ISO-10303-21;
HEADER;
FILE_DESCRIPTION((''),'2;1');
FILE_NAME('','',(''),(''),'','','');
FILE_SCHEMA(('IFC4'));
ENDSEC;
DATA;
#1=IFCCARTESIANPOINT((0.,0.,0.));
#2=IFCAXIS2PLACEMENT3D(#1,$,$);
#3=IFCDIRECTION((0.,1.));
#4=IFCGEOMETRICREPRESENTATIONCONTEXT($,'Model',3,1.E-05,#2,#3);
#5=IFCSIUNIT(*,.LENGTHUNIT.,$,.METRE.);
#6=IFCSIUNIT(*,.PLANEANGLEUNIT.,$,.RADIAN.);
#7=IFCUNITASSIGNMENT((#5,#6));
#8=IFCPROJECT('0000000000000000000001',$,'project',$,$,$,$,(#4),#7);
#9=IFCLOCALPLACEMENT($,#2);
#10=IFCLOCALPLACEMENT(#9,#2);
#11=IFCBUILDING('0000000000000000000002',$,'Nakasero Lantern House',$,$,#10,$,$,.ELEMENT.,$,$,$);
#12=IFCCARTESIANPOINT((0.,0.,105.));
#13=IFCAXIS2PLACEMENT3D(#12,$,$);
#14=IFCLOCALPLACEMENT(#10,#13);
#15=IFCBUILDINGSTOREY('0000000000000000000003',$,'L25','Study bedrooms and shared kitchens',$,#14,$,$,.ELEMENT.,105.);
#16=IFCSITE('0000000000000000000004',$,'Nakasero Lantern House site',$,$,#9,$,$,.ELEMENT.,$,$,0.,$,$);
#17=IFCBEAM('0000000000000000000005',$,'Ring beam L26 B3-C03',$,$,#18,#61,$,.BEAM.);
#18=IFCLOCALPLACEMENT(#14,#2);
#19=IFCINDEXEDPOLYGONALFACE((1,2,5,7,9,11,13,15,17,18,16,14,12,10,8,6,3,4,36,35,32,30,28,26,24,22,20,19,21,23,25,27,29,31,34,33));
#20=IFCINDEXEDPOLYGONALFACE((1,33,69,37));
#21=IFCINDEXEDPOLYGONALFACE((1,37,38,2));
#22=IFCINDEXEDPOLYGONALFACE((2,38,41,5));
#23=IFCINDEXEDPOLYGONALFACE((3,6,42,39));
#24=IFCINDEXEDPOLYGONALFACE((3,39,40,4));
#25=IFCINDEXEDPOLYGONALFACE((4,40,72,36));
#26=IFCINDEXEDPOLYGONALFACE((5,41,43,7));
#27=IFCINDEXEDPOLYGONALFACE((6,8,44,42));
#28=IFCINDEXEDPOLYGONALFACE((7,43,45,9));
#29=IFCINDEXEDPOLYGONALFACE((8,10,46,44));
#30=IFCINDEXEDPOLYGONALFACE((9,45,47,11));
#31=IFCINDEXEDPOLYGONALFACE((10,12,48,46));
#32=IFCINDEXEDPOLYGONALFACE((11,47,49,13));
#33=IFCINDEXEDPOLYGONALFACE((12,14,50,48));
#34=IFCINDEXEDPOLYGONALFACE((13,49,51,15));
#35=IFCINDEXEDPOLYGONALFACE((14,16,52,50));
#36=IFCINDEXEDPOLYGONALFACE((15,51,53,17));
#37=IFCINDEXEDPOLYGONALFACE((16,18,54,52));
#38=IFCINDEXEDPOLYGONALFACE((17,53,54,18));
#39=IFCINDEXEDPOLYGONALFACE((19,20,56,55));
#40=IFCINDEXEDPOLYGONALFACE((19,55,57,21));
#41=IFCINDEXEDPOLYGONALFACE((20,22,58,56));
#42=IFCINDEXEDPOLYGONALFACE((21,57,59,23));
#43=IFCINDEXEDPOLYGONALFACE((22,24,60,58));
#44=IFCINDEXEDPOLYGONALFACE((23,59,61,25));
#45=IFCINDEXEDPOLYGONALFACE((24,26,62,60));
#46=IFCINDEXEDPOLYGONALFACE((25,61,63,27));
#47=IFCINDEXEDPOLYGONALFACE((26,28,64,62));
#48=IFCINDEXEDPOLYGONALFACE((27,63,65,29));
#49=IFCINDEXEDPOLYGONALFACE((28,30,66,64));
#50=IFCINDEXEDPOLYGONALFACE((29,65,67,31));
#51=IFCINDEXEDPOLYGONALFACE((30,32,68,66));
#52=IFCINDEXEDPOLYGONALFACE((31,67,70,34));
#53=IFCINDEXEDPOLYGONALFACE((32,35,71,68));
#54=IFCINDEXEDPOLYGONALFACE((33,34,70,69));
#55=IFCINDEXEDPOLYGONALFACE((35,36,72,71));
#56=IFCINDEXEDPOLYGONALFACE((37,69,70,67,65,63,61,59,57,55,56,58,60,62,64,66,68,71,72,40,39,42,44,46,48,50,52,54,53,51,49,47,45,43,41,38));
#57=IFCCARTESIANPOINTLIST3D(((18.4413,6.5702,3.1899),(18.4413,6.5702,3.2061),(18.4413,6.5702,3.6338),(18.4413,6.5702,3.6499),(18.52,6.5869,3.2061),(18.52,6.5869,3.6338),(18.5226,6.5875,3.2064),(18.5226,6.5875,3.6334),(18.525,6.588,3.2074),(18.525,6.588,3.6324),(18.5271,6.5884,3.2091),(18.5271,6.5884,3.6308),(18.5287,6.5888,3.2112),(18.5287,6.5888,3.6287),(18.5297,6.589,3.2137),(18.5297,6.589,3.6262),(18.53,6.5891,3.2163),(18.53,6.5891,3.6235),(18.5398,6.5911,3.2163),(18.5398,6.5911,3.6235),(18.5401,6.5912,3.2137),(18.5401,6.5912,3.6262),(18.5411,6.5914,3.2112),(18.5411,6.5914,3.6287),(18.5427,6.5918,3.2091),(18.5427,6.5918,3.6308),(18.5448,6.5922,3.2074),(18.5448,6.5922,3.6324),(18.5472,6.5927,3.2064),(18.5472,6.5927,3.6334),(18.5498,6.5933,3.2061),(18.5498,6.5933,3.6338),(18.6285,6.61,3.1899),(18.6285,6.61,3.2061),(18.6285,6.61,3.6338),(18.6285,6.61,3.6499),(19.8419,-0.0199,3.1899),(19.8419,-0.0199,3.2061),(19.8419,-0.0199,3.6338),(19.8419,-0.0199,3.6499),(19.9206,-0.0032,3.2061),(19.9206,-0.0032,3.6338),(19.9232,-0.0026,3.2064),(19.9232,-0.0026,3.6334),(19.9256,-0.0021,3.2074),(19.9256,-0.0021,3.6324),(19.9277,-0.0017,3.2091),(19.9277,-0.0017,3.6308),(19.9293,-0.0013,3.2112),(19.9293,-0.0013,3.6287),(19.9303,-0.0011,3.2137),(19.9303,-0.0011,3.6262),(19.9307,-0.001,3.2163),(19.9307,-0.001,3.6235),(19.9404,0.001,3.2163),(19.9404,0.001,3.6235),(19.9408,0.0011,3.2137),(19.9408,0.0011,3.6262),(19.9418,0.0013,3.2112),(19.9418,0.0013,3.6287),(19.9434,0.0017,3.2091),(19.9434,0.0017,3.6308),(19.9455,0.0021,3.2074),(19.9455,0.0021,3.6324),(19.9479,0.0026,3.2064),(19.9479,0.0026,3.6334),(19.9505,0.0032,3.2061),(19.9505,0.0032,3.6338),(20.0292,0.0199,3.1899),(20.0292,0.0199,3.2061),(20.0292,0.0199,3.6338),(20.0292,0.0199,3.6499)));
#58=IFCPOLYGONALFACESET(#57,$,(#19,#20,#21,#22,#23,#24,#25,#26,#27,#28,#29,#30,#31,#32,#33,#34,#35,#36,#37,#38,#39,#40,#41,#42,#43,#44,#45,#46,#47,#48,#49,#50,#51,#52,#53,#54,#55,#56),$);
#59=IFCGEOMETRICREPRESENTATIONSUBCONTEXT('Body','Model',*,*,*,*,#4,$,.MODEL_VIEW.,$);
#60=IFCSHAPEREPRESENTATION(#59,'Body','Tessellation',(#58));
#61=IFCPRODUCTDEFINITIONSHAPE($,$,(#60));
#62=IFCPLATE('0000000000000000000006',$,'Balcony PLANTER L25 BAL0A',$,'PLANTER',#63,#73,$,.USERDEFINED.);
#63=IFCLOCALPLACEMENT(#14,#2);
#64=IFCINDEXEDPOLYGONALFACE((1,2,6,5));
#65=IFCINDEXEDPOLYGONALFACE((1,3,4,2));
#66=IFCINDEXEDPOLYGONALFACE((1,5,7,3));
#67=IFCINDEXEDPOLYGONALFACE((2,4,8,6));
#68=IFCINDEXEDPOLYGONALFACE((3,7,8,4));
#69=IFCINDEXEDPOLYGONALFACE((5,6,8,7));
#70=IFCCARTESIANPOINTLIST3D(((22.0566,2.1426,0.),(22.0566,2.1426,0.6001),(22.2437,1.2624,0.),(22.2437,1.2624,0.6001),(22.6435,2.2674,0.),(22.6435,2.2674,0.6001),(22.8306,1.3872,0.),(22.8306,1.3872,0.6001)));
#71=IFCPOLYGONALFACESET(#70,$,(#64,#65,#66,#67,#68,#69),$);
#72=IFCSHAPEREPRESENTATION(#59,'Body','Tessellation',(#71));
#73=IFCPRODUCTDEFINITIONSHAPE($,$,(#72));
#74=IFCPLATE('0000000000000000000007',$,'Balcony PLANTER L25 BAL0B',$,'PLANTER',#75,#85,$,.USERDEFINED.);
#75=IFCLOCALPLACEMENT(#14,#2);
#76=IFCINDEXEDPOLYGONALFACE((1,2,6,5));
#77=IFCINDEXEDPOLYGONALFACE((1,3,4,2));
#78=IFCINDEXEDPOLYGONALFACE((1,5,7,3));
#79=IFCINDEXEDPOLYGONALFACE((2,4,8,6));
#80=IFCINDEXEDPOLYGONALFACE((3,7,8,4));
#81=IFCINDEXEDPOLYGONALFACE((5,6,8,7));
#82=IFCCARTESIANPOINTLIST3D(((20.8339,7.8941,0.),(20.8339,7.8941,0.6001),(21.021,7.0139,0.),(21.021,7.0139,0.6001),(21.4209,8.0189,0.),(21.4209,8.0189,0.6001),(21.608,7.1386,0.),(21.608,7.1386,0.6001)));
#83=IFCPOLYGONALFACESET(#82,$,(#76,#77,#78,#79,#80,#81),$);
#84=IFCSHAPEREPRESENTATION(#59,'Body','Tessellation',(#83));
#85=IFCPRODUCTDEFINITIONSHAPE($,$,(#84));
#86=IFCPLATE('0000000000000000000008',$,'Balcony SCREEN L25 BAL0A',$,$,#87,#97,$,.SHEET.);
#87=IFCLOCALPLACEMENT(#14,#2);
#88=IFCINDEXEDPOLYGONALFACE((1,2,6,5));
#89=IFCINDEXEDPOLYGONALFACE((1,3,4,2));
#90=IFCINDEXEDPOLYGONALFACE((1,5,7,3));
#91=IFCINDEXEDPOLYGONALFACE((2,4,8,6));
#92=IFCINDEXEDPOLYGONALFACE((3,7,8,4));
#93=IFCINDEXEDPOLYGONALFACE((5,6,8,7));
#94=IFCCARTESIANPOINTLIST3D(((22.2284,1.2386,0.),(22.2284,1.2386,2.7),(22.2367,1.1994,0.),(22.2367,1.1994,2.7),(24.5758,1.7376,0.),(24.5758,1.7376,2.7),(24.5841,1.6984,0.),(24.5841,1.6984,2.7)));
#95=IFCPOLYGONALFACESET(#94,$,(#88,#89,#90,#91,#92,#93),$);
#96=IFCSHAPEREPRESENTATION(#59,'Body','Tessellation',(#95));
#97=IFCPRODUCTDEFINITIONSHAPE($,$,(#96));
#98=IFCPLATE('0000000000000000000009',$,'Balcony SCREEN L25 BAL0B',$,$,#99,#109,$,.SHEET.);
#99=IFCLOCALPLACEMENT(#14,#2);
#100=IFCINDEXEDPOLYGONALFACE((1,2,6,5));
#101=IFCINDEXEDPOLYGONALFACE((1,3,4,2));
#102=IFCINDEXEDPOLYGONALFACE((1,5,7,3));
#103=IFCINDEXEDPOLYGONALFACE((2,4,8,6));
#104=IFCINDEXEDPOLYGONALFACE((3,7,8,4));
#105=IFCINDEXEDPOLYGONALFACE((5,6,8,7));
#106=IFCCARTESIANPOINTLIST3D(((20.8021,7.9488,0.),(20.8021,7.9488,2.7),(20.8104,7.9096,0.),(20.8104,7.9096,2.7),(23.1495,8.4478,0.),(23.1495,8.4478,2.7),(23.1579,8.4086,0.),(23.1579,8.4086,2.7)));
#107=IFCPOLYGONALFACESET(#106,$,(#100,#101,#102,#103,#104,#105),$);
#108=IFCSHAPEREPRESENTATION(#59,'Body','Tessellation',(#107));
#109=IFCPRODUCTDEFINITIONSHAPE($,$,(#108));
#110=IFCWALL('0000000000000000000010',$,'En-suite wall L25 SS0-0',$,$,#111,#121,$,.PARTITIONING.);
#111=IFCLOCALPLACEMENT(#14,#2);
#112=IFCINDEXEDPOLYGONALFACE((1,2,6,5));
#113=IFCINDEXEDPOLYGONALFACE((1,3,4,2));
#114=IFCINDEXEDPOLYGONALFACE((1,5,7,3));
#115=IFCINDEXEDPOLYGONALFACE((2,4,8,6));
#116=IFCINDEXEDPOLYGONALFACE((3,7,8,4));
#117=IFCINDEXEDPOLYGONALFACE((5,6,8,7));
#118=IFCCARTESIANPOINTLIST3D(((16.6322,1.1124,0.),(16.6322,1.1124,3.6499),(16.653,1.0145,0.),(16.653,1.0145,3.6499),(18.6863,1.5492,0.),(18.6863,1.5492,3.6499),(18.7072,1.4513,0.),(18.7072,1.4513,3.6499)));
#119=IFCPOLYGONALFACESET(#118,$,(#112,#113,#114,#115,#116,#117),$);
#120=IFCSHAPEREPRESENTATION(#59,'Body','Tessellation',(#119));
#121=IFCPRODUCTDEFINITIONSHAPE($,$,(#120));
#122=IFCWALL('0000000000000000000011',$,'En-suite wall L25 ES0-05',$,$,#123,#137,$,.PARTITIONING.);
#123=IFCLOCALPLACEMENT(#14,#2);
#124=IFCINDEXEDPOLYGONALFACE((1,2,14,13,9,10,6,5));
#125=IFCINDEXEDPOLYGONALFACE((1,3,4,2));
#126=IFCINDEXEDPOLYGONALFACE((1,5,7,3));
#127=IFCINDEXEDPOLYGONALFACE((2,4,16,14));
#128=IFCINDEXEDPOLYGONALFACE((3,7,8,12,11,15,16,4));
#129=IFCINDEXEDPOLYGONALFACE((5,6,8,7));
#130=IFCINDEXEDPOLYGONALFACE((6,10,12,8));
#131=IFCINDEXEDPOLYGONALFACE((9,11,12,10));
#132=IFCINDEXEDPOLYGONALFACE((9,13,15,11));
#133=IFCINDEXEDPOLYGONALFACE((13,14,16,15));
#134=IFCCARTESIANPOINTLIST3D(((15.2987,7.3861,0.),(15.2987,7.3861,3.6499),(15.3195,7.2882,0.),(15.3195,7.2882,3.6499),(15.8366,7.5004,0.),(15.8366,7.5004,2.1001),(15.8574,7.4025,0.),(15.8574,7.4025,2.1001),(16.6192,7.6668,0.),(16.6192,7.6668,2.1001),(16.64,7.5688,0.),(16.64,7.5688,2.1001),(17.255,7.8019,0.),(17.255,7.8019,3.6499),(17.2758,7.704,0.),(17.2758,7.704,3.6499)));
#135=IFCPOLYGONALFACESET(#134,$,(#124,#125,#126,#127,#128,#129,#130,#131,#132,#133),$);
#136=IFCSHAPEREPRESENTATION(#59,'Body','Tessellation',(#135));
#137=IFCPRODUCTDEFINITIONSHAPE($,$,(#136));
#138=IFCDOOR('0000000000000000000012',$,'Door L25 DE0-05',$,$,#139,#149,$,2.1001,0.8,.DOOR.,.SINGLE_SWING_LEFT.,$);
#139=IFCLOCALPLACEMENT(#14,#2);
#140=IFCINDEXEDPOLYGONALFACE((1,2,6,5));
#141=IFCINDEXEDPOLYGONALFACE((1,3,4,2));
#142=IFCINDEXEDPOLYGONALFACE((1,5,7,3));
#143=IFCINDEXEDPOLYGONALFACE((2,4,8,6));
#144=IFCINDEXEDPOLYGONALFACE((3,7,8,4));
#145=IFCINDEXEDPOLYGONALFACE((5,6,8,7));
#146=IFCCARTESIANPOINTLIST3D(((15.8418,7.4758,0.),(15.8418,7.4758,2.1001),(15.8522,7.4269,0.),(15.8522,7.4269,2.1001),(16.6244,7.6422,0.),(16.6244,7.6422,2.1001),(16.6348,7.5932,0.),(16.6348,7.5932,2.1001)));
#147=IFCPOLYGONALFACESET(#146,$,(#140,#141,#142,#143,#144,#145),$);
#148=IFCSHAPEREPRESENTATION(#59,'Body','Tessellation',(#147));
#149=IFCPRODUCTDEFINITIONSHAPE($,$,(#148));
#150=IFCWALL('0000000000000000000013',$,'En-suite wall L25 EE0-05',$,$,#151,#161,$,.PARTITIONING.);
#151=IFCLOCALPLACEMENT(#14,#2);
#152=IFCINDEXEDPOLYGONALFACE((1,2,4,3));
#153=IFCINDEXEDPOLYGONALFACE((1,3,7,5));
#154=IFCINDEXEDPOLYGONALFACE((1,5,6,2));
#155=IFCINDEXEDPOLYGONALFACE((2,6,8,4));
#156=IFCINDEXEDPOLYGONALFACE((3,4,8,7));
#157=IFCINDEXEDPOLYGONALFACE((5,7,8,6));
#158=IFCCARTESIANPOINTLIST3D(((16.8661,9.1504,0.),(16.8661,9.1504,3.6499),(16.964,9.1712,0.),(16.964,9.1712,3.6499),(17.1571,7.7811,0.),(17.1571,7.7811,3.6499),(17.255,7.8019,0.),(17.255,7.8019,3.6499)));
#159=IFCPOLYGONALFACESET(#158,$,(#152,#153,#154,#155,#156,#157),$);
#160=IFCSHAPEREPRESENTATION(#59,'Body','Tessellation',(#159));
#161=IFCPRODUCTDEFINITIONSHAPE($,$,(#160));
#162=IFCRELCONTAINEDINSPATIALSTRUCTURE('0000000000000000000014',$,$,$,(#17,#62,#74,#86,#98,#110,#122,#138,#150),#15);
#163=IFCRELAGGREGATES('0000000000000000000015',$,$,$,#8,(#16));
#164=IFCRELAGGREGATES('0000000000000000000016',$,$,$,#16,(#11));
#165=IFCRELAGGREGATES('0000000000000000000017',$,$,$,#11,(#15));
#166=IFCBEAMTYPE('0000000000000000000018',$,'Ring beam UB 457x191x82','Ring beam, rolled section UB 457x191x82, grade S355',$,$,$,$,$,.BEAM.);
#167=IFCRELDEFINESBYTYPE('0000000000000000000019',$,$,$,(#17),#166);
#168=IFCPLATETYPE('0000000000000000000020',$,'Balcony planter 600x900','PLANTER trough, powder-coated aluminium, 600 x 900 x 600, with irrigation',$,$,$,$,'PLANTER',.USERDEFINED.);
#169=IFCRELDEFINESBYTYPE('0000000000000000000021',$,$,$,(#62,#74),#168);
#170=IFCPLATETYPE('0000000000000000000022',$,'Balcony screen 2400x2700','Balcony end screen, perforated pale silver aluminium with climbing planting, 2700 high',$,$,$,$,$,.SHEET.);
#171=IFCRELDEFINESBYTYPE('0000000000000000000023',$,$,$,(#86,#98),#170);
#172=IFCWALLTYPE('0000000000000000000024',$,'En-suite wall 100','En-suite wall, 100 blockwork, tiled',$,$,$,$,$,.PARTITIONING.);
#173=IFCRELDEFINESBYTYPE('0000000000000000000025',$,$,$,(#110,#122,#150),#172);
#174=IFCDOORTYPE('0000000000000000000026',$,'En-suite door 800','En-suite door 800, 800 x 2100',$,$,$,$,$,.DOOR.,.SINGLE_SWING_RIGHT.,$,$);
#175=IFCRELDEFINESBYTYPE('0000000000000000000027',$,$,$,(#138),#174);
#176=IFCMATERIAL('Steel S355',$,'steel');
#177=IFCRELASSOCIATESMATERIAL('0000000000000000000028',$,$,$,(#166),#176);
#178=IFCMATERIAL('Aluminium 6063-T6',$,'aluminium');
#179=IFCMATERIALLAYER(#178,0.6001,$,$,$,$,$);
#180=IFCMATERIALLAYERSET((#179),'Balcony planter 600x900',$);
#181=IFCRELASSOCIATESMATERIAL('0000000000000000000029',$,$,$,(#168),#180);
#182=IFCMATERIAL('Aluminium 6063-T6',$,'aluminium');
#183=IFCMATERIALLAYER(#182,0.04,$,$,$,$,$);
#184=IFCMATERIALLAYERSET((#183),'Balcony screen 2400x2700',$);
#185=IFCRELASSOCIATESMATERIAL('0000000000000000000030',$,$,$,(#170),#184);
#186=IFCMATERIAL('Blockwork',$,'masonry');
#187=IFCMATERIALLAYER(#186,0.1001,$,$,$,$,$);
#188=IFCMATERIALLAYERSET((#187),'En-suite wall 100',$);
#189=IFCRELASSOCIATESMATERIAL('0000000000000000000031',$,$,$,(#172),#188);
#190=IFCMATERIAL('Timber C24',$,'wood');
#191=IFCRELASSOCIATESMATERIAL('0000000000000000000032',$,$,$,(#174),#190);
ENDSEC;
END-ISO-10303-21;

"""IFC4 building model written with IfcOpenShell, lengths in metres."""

from ifc_helpers import new_model, si_unit, direction, frame, frame_2d, origin, origin_2d, place, context, subcontext, project, spatial, rectangle, i_section, extrude, material, layer, layer_set, material_profile, profile_set, type_object, element, fill, save


model = new_model("IFC4")

# Units and contexts
model_context = context("Model", 3, precision=1e-05, world=origin(), true_north=direction((0.0, 1.0)))
body_context = subcontext(model_context, "Body", "Model", "MODEL_VIEW")
ifc_project = project(units=[si_unit("LENGTHUNIT", "METRE"), si_unit("PLANEANGLEUNIT", "RADIAN")], contexts=[model_context])

# Site, building, storey
site_placement = place(None, origin())
site = spatial("IfcSite", under=ifc_project, at=site_placement, Name="Nakasero Lantern House site", CompositionType="ELEMENT", RefElevation=0.0)
building_placement = place(site_placement, origin())
building = spatial("IfcBuilding", under=site, at=building_placement, Name="Nakasero Lantern House", CompositionType="ELEMENT")
storey_placement = place(building_placement, frame((0.0, 0.0, 105.0)))
storey = spatial("IfcBuildingStorey", under=building, at=storey_placement, Name="L25", Description="Study bedrooms and shared kitchens", CompositionType="ELEMENT", Elevation=105.0)

# Beam
ifc_material_1 = material(Name="Steel S355", Category="steel")
ifc_material_profile_1 = material_profile(ifc_material_1, i_section(OverallWidth=0.1914, OverallDepth=0.46, WebThickness=0.01, FlangeThickness=0.0161, FilletRadius=0.0103, at=origin_2d()), Name="UB 457x191x82")
ifc_profile_set_1 = profile_set([ifc_material_profile_1], Name="Steel S355")
beam_type_1 = type_object("IfcBeamType", Name="Ring beam UB 457x191x82", Description="Ring beam, rolled section UB 457x191x82, grade S355", PredefinedType="BEAM", material=ifc_profile_set_1)
beam_1_placement = place(storey_placement, frame((19.9355, 0.0, 3.4199), z_axis=(-0.207893, 0.978152, 0.0), x_axis=(-0.978152, -0.207893, 0.0)))
element("IfcBeam", 1, at=beam_1_placement, inside=storey, type_object=beam_type_1, Name="Ring beam L26 B3-C03", PredefinedType="BEAM", context=body_context, shape_type="SweptSolid", body=[
    extrude(i_section(OverallWidth=0.1914, OverallDepth=0.46, WebThickness=0.01, FlangeThickness=0.0161, FilletRadius=0.0103, at=origin_2d()), origin(), (0.0, 0.0, 1.0), 6.7373),
])

# Plates
ifc_material_2 = material(Name="Aluminium 6063-T6", Category="aluminium")
ifc_layer_1 = layer(ifc_material_2, 0.6001)
ifc_layer_set_1 = layer_set([ifc_layer_1], Name="Balcony planter 600x900")
plate_type_1 = type_object("IfcPlateType", Name="Balcony planter 600x900", Description="PLANTER trough, powder-coated aluminium, 600 x 900 x 600, with irrigation", ElementType="PLANTER", PredefinedType="USERDEFINED", material=ifc_layer_set_1)
for number, where, z_axis, x_axis, name in (
    (2, (22.4436, 1.7649, 0.0), (0.0, 0.0, 1.0), (0.978148, 0.207912, 0.0), "Balcony PLANTER L25 BAL0A"),
    (3, (21.2209, 7.5164, 0.0), (0.0, 0.0, 1.0), (0.978148, 0.207912, 0.0), "Balcony PLANTER L25 BAL0B"),
):
    element("IfcPlate", number, at=place(storey_placement, frame(where, z_axis=z_axis, x_axis=x_axis)), inside=storey, type_object=plate_type_1, Name=name, ObjectType="PLANTER", PredefinedType="USERDEFINED", context=body_context, shape_type="SweptSolid", body=[
        extrude(rectangle(XDim=0.6001, YDim=0.8999, at=origin_2d()), origin(), (0.0, 0.0, 1.0), 0.6001),
    ])
ifc_material_3 = material(Name="Aluminium 6063-T6", Category="aluminium")
ifc_layer_2 = layer(ifc_material_3, 0.04)
ifc_layer_set_2 = layer_set([ifc_layer_2], Name="Balcony screen 2400x2700")
plate_type_2 = type_object("IfcPlateType", Name="Balcony screen 2400x2700", Description="Balcony end screen, perforated pale silver aluminium with climbing planting, 2700 high", PredefinedType="SHEET", material=ifc_layer_set_2)
for number, where, z_axis, x_axis, name in (
    (4, (23.4062, 1.4685, 0.0), (0.0, 0.0, 1.0), (0.978148, 0.207912, 0.0), "Balcony SCREEN L25 BAL0A"),
    (5, (21.98, 8.1787, 0.0), (0.0, 0.0, 1.0), (0.978148, 0.207912, 0.0), "Balcony SCREEN L25 BAL0B"),
):
    element("IfcPlate", number, at=place(storey_placement, frame(where, z_axis=z_axis, x_axis=x_axis)), inside=storey, type_object=plate_type_2, Name=name, PredefinedType="SHEET", context=body_context, shape_type="SweptSolid", body=[
        extrude(rectangle(XDim=2.3999, YDim=0.04, at=origin_2d()), origin(), (0.0, 0.0, 1.0), 2.7),
    ])

# Wall
ifc_material_4 = material(Name="Blockwork", Category="masonry")
ifc_layer_3 = layer(ifc_material_4, 0.1001)
ifc_layer_set_3 = layer_set([ifc_layer_3], Name="En-suite wall 100")
wall_type_1 = type_object("IfcWallType", Name="En-suite wall 100", Description="En-suite wall, 100 blockwork, tiled", PredefinedType="PARTITIONING", material=ifc_layer_set_3)
wall_1_placement = place(storey_placement, frame((16.6426, 1.0635, 0.0), z_axis=(0.0, 0.0, 1.0), x_axis=(0.978135, 0.207973, 0.0)))
element("IfcWall", 6, at=wall_1_placement, inside=storey, type_object=wall_type_1, Name="En-suite wall L25 SS0-0", PredefinedType="PARTITIONING", context=body_context, shape_type="SweptSolid", body=[
    extrude(rectangle(XDim=2.1001, YDim=0.1001, at=frame_2d((1.05, 0.0))), origin(), (0.0, 0.0, 1.0), 3.6499),
])

# Wall, opening, door
wall_2_placement = place(storey_placement, frame((15.3091, 7.3372, 0.0), z_axis=(0.0, 0.0, 1.0), x_axis=(0.978153, 0.207886, 0.0)))
wall_2 = element("IfcWall", 7, at=wall_2_placement, inside=storey, type_object=wall_type_1, Name="En-suite wall L25 ES0-05", PredefinedType="PARTITIONING", context=body_context, shape_type="SweptSolid", body=[
    extrude(rectangle(XDim=2.0, YDim=0.1001, at=frame_2d((1.0, 0.0))), origin(), (0.0, 0.0, 1.0), 3.6499),
])
opening_1_placement = place(wall_2_placement, frame((0.55, 0.0, 0.0)))
opening_1 = element("IfcOpeningElement", 8, at=opening_1_placement, cuts=wall_2, PredefinedType="OPENING", context=body_context, shape_type="SweptSolid", body=[
    extrude(rectangle(XDim=0.8, YDim=2.1001, at=frame_2d((0.3999, 1.05))), frame((0.0, 0.0701, 0.0), z_axis=(0.0, -1.0, 0.0), x_axis=(1.0, 0.0, 0.0)), (0.0, 0.0, 1.0), 0.1401),
])
ifc_material_5 = material(Name="Timber C24", Category="wood")
door_type = type_object("IfcDoorType", Name="En-suite door 800", Description="En-suite door 800, 800 x 2100", OperationType="SINGLE_SWING_RIGHT", PredefinedType="DOOR", material=ifc_material_5)
door_1_placement = place(opening_1_placement, origin())
door_1 = element("IfcDoor", 9, at=door_1_placement, inside=storey, type_object=door_type, Name="Door L25 DE0-05", OperationType="SINGLE_SWING_LEFT", OverallHeight=2.1001, OverallWidth=0.8, PredefinedType="DOOR", context=body_context, shape_type="SweptSolid", body=[
    extrude(rectangle(XDim=0.8, YDim=2.1001, at=frame_2d((0.3999, 1.05))), frame((0.0, 0.0249, 0.0), z_axis=(0.0, -1.0, 0.0), x_axis=(1.0, 0.0, 0.0)), (0.0, 0.0, 1.0), 0.05),
])
fill(opening_1, door_1)

# Wall
wall_3_placement = place(storey_placement, frame((17.2061, 7.7915, 0.0), z_axis=(0.0, 0.0, 1.0), x_axis=(-0.207873, 0.978156, 0.0)))
element("IfcWall", 10, at=wall_3_placement, inside=storey, type_object=wall_type_1, Name="En-suite wall L25 EE0-05", PredefinedType="PARTITIONING", context=body_context, shape_type="SweptSolid", body=[
    extrude(rectangle(XDim=1.3999, YDim=0.1001, at=frame_2d((0.7, 0.0))), origin(), (0.0, 0.0, 1.0), 3.6499),
])

save(model, "model.ifc")
